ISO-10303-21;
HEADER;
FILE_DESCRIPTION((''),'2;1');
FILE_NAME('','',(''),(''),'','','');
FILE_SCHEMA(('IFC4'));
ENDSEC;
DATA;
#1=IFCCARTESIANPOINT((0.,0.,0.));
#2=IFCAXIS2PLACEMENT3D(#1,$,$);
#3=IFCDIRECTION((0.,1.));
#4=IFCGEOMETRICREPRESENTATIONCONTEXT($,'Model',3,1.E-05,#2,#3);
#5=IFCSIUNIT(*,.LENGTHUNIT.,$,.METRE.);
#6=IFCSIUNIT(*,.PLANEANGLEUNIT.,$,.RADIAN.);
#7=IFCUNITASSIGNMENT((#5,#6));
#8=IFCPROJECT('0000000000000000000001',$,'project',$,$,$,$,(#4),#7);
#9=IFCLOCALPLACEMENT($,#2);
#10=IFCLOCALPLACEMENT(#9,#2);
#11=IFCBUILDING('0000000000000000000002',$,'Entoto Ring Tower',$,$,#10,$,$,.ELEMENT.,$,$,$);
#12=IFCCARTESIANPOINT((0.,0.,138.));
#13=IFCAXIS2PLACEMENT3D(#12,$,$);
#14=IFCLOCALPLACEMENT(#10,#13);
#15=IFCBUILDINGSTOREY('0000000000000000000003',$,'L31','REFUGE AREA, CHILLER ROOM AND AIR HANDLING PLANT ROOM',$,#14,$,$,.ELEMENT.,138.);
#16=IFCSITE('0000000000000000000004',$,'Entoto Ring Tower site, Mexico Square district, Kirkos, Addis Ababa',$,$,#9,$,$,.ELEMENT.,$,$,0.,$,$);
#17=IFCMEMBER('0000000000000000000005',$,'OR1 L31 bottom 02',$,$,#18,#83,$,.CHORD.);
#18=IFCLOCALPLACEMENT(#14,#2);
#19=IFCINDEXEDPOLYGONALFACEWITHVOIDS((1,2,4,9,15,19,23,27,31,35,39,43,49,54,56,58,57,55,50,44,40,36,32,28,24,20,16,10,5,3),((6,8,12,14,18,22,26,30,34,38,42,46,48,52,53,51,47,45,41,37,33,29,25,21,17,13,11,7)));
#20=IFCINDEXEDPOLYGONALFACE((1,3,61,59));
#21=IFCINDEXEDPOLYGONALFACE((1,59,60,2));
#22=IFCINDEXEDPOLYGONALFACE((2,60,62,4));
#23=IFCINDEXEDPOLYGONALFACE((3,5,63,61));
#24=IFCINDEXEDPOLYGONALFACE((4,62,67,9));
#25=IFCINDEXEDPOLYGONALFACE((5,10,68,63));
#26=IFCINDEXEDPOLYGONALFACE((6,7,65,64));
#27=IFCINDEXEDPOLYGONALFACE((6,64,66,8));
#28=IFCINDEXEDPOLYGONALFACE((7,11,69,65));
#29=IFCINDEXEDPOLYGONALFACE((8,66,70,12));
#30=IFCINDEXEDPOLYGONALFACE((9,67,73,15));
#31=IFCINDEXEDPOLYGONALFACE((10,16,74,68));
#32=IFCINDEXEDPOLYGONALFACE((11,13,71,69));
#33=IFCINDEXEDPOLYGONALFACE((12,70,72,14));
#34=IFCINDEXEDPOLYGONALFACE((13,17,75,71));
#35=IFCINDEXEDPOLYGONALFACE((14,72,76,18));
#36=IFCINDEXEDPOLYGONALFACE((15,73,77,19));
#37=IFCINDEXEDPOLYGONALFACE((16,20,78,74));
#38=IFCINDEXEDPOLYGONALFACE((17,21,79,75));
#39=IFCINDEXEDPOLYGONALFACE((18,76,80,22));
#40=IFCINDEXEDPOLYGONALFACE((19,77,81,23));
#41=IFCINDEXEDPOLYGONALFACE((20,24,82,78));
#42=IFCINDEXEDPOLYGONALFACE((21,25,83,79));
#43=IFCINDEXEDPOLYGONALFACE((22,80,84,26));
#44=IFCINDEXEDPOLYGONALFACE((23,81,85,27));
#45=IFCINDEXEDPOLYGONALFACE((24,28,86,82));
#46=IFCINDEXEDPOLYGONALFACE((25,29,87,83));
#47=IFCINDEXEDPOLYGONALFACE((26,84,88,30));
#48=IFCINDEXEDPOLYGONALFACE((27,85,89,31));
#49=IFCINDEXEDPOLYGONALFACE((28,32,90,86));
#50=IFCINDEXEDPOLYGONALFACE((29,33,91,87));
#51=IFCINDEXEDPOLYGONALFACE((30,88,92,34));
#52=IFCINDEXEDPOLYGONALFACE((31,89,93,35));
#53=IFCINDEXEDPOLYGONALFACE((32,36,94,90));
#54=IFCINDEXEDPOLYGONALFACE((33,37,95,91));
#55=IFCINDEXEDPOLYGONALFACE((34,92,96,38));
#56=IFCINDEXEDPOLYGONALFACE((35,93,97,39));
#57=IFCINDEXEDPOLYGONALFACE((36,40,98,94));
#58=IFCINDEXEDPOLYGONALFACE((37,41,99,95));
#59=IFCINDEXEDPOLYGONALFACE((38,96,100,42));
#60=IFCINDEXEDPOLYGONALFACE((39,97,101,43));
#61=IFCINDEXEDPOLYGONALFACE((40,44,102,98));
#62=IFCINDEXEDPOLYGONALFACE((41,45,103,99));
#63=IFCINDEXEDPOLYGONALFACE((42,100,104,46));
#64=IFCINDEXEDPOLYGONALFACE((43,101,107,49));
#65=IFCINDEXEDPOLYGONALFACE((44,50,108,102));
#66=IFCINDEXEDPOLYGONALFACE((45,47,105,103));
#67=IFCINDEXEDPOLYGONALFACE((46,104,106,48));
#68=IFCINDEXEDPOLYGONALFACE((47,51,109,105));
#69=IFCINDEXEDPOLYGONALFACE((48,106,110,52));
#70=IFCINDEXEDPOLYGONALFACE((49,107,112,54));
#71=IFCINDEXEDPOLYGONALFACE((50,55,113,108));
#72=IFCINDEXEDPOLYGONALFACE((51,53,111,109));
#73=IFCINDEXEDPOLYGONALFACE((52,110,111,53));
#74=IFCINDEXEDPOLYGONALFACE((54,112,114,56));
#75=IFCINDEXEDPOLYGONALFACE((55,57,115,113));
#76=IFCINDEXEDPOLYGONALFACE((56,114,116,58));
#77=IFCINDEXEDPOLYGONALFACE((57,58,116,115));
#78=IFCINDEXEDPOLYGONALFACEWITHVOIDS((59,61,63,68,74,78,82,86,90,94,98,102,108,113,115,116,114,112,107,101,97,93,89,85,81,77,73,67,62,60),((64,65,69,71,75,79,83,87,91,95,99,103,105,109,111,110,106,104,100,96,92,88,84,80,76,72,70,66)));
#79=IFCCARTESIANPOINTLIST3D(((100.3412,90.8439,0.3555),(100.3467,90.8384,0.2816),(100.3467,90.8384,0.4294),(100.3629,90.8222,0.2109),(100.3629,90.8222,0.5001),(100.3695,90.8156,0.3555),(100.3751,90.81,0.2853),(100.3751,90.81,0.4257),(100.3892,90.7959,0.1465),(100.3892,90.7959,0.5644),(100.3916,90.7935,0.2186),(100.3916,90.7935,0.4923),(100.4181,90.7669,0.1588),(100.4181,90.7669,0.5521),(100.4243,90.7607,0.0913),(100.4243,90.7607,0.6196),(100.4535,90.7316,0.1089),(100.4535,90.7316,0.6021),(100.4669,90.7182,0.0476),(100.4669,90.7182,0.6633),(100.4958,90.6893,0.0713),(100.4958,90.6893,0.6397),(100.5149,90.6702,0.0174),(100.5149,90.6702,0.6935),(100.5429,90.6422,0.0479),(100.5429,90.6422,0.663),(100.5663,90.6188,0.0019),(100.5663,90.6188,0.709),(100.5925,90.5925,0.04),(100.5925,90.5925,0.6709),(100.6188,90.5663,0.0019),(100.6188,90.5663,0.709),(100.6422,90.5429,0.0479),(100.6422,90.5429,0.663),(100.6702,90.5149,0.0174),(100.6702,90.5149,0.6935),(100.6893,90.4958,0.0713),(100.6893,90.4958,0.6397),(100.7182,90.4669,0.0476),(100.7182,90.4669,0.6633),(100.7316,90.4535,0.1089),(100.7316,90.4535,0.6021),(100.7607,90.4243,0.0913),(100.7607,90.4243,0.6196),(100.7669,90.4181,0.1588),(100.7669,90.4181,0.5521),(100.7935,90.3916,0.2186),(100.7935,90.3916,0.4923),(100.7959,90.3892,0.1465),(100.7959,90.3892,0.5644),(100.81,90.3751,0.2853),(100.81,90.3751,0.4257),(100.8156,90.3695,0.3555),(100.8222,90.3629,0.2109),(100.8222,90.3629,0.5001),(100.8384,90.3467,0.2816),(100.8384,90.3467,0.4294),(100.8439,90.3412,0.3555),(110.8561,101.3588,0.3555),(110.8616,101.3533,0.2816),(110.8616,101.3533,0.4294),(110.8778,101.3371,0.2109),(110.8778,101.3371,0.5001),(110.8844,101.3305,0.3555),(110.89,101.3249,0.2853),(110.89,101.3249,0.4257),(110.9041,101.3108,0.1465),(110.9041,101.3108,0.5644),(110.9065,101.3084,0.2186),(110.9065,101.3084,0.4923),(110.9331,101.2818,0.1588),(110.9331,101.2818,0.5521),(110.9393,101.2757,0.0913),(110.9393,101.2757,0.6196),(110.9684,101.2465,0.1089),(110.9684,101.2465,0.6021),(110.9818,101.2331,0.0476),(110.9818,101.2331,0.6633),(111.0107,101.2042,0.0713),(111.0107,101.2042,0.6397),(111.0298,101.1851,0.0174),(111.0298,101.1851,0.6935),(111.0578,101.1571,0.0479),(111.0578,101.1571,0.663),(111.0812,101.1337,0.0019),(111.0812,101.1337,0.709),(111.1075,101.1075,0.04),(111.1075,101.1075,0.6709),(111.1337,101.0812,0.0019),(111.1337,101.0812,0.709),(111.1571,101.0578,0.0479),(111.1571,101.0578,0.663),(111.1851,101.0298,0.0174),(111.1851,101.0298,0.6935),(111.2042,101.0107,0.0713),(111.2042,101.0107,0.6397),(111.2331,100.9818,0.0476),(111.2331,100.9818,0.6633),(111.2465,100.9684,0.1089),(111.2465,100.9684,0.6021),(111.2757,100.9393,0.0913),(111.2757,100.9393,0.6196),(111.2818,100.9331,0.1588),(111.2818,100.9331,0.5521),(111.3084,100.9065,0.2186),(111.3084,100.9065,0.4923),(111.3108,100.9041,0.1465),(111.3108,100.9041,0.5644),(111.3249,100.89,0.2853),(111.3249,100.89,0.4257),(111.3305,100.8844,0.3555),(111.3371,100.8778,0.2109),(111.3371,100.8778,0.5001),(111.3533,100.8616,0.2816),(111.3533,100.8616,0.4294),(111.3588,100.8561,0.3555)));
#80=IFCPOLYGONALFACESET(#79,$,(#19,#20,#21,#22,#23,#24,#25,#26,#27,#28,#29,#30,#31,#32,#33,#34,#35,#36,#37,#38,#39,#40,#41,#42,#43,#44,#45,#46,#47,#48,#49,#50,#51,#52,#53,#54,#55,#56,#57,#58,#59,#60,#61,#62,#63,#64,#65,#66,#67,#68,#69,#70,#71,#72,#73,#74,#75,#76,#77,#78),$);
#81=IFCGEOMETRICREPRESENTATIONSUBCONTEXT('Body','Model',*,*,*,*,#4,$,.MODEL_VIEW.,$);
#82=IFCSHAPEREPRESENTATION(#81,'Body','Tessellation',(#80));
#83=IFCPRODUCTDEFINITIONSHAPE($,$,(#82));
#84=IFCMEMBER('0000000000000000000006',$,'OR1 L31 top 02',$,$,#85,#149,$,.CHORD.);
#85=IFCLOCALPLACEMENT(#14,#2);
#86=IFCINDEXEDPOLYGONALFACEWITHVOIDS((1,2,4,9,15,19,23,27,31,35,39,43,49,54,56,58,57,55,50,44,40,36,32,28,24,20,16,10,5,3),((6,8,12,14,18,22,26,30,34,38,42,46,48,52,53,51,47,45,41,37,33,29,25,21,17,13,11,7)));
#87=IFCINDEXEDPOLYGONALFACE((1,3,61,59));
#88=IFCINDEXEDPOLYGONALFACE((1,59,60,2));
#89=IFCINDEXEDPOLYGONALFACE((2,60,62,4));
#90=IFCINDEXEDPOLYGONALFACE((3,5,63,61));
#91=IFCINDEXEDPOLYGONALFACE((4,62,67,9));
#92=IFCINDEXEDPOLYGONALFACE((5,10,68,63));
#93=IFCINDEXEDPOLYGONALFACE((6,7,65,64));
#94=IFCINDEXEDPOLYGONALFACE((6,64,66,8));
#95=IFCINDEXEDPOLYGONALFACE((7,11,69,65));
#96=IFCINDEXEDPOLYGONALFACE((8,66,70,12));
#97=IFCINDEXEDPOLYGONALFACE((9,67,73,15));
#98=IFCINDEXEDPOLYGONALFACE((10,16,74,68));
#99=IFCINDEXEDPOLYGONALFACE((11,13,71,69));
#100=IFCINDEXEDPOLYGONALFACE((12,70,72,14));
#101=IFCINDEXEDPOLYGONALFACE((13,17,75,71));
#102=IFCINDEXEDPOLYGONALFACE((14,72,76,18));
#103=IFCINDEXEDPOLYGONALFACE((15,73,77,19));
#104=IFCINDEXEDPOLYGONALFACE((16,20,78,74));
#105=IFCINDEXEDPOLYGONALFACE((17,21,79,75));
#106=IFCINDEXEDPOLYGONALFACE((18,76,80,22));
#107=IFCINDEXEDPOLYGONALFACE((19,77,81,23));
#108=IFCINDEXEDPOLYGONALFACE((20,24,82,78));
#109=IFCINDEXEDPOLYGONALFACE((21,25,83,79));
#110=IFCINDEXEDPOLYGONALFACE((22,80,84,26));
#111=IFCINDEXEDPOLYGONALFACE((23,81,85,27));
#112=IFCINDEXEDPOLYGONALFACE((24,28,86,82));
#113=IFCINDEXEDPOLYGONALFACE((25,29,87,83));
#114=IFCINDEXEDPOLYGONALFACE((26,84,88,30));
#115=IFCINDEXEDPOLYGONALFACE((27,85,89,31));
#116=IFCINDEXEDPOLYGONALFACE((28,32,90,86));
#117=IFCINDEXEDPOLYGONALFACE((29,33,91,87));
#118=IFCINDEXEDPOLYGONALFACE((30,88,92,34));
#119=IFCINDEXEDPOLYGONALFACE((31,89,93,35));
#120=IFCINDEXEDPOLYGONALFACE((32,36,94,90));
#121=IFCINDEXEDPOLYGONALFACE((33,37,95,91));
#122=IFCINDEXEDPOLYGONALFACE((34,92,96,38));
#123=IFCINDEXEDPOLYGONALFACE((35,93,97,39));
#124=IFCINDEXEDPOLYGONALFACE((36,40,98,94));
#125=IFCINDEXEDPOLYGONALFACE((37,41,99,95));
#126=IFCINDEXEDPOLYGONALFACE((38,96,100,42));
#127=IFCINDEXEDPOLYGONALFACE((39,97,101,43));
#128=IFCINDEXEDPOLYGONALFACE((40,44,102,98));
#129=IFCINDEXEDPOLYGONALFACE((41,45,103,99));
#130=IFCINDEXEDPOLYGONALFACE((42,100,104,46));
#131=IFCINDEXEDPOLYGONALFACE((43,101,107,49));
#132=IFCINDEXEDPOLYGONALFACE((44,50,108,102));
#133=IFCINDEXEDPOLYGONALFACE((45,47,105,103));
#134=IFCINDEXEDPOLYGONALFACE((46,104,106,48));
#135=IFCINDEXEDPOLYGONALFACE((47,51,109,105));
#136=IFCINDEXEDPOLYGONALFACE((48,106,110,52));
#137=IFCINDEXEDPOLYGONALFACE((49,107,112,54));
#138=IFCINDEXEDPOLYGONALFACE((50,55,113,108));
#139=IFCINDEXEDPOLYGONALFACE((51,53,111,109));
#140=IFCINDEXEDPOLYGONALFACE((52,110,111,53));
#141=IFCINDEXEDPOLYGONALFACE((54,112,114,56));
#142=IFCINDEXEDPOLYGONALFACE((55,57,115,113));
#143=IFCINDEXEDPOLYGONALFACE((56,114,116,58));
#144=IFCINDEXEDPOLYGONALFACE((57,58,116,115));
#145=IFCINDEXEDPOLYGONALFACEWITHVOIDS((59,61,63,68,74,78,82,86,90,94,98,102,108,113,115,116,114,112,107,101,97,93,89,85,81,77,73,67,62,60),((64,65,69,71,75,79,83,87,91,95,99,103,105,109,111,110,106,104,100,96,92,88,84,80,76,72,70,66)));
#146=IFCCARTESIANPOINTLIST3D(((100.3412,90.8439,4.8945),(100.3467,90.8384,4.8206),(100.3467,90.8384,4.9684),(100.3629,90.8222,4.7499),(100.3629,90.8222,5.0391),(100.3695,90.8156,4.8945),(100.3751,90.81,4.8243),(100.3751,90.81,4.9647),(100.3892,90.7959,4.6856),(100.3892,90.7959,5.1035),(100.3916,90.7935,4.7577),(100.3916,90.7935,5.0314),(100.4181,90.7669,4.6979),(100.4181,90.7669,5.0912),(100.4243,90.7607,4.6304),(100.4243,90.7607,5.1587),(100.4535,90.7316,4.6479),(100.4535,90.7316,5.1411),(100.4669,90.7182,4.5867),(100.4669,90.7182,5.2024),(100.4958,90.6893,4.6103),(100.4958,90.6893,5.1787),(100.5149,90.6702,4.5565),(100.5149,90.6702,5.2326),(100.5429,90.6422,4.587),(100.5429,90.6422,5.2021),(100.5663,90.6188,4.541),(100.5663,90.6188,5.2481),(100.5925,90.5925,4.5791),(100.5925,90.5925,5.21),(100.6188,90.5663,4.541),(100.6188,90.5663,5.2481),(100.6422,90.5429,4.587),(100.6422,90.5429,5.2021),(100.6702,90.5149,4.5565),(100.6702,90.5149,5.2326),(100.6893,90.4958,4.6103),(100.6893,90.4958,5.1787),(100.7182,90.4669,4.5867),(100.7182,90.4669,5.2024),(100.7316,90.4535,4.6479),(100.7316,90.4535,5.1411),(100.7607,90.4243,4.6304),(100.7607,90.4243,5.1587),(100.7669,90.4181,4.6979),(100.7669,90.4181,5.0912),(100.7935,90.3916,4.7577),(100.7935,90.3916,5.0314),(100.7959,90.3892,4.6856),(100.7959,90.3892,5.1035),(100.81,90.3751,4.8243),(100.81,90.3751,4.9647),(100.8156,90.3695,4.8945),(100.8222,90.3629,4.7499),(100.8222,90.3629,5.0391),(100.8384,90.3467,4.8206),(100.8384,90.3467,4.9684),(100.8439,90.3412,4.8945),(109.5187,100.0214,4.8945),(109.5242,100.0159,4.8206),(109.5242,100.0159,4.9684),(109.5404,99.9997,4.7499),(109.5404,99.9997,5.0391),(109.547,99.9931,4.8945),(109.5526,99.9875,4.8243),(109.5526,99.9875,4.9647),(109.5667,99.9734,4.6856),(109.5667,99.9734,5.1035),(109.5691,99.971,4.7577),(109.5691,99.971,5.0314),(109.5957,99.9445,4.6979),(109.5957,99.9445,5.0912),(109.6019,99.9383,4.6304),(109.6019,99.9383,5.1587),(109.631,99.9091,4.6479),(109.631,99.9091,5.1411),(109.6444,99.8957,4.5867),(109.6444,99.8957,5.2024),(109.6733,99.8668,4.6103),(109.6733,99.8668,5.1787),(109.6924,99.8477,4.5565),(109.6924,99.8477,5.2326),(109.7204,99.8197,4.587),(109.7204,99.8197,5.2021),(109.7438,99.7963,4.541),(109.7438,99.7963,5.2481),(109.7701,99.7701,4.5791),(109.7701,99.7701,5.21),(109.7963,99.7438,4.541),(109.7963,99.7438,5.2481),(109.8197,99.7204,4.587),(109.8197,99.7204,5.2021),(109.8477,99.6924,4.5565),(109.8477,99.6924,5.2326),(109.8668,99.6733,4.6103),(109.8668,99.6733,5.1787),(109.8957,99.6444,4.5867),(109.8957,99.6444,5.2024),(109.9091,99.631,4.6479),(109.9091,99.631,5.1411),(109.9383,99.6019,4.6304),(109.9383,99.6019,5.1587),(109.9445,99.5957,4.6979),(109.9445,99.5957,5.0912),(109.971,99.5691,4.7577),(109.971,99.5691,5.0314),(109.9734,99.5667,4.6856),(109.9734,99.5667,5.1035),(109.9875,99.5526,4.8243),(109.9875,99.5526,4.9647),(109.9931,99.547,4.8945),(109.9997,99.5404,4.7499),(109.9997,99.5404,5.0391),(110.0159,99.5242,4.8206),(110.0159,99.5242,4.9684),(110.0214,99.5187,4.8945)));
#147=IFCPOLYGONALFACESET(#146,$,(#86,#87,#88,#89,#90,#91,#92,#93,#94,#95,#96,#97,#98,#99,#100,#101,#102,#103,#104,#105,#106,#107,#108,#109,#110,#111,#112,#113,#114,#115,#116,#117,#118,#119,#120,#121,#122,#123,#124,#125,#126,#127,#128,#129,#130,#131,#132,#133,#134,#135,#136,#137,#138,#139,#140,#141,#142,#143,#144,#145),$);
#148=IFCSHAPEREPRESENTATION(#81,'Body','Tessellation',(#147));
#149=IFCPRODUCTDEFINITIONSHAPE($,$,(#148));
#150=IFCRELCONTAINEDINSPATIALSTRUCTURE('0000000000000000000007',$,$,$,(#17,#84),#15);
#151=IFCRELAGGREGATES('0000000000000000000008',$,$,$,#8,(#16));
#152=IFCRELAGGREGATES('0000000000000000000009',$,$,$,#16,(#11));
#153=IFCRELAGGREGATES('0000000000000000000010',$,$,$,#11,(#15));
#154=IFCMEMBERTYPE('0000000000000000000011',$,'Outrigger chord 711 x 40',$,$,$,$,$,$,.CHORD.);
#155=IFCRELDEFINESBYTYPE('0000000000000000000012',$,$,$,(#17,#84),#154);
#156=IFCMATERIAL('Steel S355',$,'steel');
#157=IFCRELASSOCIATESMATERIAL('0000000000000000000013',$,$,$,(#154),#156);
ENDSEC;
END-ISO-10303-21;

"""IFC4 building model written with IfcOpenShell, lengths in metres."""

from ifc_helpers import new_model, si_unit, direction, frame, origin, origin_2d, place, context, subcontext, project, spatial, circle, hollow_circle, extrude, material, material_profile, profile_set, type_object, element, save


model = new_model("IFC4")

# Units and contexts
model_context = context("Model", 3, precision=1e-05, world=origin(), true_north=direction((0.0, 1.0)))
body_context = subcontext(model_context, "Body", "Model", "MODEL_VIEW")
ifc_project = project(units=[si_unit("LENGTHUNIT", "METRE"), si_unit("PLANEANGLEUNIT", "RADIAN")], contexts=[model_context])

# Site, building, storey
site_placement = place(None, origin())
site = spatial("IfcSite", under=ifc_project, at=site_placement, Name="Entoto Ring Tower site, Mexico Square district, Kirkos, Addis Ababa", CompositionType="ELEMENT", RefElevation=0.0)
building_placement = place(site_placement, origin())
building = spatial("IfcBuilding", under=site, at=building_placement, Name="Entoto Ring Tower", CompositionType="ELEMENT")
storey_placement = place(building_placement, frame((0.0, 0.0, 138.0)))
storey = spatial("IfcBuildingStorey", under=building, at=storey_placement, Name="L31", Description="REFUGE AREA, CHILLER ROOM AND AIR HANDLING PLANT ROOM", CompositionType="ELEMENT", Elevation=138.0)

# Members
ifc_material_1 = material(Name="Steel S355", Category="steel")
ifc_material_profile_1 = material_profile(ifc_material_1, hollow_circle(Radius=0.3555, WallThickness=0.04, at=origin_2d()), Name="CHS 711 x 40")
ifc_material_2 = material(Name="Concrete C60/75", Category="concrete")
ifc_material_profile_2 = material_profile(ifc_material_2, circle(Radius=0.3154, at=origin_2d()), Name="Concrete C60/75 infill")
ifc_profile_set_1 = profile_set([ifc_material_profile_1, ifc_material_profile_2], Name="Steel S355")
member_type_1 = type_object("IfcMemberType", Name="Outrigger chord 711 x 40", PredefinedType="CHORD", material=ifc_profile_set_1)
member_1_placement = place(storey_placement, frame((100.5925, 90.5925, 0.3555), z_axis=(0.707107, 0.707107, 0.0), x_axis=(-0.707107, 0.707107, 0.0)))
element("IfcMember", 1, at=member_1_placement, inside=storey, type_object=member_type_1, Name="OR1 L31 bottom 02", PredefinedType="CHORD", context=body_context, shape_type="SweptSolid", body=[
    extrude(hollow_circle(Radius=0.3555, WallThickness=0.04, at=origin_2d()), origin(), (0.0, 0.0, 1.0), 14.8704),
])
member_2_placement = place(storey_placement, frame((100.5925, 90.5925, 4.8945), z_axis=(0.707107, 0.707107, 0.0), x_axis=(-0.707107, 0.707107, 0.0)))
element("IfcMember", 2, at=member_2_placement, inside=storey, type_object=member_type_1, Name="OR1 L31 top 02", PredefinedType="CHORD", context=body_context, shape_type="SweptSolid", body=[
    extrude(hollow_circle(Radius=0.3555, WallThickness=0.04, at=origin_2d()), origin(), (0.0, 0.0, 1.0), 12.979),
])

save(model, "model.ifc")
